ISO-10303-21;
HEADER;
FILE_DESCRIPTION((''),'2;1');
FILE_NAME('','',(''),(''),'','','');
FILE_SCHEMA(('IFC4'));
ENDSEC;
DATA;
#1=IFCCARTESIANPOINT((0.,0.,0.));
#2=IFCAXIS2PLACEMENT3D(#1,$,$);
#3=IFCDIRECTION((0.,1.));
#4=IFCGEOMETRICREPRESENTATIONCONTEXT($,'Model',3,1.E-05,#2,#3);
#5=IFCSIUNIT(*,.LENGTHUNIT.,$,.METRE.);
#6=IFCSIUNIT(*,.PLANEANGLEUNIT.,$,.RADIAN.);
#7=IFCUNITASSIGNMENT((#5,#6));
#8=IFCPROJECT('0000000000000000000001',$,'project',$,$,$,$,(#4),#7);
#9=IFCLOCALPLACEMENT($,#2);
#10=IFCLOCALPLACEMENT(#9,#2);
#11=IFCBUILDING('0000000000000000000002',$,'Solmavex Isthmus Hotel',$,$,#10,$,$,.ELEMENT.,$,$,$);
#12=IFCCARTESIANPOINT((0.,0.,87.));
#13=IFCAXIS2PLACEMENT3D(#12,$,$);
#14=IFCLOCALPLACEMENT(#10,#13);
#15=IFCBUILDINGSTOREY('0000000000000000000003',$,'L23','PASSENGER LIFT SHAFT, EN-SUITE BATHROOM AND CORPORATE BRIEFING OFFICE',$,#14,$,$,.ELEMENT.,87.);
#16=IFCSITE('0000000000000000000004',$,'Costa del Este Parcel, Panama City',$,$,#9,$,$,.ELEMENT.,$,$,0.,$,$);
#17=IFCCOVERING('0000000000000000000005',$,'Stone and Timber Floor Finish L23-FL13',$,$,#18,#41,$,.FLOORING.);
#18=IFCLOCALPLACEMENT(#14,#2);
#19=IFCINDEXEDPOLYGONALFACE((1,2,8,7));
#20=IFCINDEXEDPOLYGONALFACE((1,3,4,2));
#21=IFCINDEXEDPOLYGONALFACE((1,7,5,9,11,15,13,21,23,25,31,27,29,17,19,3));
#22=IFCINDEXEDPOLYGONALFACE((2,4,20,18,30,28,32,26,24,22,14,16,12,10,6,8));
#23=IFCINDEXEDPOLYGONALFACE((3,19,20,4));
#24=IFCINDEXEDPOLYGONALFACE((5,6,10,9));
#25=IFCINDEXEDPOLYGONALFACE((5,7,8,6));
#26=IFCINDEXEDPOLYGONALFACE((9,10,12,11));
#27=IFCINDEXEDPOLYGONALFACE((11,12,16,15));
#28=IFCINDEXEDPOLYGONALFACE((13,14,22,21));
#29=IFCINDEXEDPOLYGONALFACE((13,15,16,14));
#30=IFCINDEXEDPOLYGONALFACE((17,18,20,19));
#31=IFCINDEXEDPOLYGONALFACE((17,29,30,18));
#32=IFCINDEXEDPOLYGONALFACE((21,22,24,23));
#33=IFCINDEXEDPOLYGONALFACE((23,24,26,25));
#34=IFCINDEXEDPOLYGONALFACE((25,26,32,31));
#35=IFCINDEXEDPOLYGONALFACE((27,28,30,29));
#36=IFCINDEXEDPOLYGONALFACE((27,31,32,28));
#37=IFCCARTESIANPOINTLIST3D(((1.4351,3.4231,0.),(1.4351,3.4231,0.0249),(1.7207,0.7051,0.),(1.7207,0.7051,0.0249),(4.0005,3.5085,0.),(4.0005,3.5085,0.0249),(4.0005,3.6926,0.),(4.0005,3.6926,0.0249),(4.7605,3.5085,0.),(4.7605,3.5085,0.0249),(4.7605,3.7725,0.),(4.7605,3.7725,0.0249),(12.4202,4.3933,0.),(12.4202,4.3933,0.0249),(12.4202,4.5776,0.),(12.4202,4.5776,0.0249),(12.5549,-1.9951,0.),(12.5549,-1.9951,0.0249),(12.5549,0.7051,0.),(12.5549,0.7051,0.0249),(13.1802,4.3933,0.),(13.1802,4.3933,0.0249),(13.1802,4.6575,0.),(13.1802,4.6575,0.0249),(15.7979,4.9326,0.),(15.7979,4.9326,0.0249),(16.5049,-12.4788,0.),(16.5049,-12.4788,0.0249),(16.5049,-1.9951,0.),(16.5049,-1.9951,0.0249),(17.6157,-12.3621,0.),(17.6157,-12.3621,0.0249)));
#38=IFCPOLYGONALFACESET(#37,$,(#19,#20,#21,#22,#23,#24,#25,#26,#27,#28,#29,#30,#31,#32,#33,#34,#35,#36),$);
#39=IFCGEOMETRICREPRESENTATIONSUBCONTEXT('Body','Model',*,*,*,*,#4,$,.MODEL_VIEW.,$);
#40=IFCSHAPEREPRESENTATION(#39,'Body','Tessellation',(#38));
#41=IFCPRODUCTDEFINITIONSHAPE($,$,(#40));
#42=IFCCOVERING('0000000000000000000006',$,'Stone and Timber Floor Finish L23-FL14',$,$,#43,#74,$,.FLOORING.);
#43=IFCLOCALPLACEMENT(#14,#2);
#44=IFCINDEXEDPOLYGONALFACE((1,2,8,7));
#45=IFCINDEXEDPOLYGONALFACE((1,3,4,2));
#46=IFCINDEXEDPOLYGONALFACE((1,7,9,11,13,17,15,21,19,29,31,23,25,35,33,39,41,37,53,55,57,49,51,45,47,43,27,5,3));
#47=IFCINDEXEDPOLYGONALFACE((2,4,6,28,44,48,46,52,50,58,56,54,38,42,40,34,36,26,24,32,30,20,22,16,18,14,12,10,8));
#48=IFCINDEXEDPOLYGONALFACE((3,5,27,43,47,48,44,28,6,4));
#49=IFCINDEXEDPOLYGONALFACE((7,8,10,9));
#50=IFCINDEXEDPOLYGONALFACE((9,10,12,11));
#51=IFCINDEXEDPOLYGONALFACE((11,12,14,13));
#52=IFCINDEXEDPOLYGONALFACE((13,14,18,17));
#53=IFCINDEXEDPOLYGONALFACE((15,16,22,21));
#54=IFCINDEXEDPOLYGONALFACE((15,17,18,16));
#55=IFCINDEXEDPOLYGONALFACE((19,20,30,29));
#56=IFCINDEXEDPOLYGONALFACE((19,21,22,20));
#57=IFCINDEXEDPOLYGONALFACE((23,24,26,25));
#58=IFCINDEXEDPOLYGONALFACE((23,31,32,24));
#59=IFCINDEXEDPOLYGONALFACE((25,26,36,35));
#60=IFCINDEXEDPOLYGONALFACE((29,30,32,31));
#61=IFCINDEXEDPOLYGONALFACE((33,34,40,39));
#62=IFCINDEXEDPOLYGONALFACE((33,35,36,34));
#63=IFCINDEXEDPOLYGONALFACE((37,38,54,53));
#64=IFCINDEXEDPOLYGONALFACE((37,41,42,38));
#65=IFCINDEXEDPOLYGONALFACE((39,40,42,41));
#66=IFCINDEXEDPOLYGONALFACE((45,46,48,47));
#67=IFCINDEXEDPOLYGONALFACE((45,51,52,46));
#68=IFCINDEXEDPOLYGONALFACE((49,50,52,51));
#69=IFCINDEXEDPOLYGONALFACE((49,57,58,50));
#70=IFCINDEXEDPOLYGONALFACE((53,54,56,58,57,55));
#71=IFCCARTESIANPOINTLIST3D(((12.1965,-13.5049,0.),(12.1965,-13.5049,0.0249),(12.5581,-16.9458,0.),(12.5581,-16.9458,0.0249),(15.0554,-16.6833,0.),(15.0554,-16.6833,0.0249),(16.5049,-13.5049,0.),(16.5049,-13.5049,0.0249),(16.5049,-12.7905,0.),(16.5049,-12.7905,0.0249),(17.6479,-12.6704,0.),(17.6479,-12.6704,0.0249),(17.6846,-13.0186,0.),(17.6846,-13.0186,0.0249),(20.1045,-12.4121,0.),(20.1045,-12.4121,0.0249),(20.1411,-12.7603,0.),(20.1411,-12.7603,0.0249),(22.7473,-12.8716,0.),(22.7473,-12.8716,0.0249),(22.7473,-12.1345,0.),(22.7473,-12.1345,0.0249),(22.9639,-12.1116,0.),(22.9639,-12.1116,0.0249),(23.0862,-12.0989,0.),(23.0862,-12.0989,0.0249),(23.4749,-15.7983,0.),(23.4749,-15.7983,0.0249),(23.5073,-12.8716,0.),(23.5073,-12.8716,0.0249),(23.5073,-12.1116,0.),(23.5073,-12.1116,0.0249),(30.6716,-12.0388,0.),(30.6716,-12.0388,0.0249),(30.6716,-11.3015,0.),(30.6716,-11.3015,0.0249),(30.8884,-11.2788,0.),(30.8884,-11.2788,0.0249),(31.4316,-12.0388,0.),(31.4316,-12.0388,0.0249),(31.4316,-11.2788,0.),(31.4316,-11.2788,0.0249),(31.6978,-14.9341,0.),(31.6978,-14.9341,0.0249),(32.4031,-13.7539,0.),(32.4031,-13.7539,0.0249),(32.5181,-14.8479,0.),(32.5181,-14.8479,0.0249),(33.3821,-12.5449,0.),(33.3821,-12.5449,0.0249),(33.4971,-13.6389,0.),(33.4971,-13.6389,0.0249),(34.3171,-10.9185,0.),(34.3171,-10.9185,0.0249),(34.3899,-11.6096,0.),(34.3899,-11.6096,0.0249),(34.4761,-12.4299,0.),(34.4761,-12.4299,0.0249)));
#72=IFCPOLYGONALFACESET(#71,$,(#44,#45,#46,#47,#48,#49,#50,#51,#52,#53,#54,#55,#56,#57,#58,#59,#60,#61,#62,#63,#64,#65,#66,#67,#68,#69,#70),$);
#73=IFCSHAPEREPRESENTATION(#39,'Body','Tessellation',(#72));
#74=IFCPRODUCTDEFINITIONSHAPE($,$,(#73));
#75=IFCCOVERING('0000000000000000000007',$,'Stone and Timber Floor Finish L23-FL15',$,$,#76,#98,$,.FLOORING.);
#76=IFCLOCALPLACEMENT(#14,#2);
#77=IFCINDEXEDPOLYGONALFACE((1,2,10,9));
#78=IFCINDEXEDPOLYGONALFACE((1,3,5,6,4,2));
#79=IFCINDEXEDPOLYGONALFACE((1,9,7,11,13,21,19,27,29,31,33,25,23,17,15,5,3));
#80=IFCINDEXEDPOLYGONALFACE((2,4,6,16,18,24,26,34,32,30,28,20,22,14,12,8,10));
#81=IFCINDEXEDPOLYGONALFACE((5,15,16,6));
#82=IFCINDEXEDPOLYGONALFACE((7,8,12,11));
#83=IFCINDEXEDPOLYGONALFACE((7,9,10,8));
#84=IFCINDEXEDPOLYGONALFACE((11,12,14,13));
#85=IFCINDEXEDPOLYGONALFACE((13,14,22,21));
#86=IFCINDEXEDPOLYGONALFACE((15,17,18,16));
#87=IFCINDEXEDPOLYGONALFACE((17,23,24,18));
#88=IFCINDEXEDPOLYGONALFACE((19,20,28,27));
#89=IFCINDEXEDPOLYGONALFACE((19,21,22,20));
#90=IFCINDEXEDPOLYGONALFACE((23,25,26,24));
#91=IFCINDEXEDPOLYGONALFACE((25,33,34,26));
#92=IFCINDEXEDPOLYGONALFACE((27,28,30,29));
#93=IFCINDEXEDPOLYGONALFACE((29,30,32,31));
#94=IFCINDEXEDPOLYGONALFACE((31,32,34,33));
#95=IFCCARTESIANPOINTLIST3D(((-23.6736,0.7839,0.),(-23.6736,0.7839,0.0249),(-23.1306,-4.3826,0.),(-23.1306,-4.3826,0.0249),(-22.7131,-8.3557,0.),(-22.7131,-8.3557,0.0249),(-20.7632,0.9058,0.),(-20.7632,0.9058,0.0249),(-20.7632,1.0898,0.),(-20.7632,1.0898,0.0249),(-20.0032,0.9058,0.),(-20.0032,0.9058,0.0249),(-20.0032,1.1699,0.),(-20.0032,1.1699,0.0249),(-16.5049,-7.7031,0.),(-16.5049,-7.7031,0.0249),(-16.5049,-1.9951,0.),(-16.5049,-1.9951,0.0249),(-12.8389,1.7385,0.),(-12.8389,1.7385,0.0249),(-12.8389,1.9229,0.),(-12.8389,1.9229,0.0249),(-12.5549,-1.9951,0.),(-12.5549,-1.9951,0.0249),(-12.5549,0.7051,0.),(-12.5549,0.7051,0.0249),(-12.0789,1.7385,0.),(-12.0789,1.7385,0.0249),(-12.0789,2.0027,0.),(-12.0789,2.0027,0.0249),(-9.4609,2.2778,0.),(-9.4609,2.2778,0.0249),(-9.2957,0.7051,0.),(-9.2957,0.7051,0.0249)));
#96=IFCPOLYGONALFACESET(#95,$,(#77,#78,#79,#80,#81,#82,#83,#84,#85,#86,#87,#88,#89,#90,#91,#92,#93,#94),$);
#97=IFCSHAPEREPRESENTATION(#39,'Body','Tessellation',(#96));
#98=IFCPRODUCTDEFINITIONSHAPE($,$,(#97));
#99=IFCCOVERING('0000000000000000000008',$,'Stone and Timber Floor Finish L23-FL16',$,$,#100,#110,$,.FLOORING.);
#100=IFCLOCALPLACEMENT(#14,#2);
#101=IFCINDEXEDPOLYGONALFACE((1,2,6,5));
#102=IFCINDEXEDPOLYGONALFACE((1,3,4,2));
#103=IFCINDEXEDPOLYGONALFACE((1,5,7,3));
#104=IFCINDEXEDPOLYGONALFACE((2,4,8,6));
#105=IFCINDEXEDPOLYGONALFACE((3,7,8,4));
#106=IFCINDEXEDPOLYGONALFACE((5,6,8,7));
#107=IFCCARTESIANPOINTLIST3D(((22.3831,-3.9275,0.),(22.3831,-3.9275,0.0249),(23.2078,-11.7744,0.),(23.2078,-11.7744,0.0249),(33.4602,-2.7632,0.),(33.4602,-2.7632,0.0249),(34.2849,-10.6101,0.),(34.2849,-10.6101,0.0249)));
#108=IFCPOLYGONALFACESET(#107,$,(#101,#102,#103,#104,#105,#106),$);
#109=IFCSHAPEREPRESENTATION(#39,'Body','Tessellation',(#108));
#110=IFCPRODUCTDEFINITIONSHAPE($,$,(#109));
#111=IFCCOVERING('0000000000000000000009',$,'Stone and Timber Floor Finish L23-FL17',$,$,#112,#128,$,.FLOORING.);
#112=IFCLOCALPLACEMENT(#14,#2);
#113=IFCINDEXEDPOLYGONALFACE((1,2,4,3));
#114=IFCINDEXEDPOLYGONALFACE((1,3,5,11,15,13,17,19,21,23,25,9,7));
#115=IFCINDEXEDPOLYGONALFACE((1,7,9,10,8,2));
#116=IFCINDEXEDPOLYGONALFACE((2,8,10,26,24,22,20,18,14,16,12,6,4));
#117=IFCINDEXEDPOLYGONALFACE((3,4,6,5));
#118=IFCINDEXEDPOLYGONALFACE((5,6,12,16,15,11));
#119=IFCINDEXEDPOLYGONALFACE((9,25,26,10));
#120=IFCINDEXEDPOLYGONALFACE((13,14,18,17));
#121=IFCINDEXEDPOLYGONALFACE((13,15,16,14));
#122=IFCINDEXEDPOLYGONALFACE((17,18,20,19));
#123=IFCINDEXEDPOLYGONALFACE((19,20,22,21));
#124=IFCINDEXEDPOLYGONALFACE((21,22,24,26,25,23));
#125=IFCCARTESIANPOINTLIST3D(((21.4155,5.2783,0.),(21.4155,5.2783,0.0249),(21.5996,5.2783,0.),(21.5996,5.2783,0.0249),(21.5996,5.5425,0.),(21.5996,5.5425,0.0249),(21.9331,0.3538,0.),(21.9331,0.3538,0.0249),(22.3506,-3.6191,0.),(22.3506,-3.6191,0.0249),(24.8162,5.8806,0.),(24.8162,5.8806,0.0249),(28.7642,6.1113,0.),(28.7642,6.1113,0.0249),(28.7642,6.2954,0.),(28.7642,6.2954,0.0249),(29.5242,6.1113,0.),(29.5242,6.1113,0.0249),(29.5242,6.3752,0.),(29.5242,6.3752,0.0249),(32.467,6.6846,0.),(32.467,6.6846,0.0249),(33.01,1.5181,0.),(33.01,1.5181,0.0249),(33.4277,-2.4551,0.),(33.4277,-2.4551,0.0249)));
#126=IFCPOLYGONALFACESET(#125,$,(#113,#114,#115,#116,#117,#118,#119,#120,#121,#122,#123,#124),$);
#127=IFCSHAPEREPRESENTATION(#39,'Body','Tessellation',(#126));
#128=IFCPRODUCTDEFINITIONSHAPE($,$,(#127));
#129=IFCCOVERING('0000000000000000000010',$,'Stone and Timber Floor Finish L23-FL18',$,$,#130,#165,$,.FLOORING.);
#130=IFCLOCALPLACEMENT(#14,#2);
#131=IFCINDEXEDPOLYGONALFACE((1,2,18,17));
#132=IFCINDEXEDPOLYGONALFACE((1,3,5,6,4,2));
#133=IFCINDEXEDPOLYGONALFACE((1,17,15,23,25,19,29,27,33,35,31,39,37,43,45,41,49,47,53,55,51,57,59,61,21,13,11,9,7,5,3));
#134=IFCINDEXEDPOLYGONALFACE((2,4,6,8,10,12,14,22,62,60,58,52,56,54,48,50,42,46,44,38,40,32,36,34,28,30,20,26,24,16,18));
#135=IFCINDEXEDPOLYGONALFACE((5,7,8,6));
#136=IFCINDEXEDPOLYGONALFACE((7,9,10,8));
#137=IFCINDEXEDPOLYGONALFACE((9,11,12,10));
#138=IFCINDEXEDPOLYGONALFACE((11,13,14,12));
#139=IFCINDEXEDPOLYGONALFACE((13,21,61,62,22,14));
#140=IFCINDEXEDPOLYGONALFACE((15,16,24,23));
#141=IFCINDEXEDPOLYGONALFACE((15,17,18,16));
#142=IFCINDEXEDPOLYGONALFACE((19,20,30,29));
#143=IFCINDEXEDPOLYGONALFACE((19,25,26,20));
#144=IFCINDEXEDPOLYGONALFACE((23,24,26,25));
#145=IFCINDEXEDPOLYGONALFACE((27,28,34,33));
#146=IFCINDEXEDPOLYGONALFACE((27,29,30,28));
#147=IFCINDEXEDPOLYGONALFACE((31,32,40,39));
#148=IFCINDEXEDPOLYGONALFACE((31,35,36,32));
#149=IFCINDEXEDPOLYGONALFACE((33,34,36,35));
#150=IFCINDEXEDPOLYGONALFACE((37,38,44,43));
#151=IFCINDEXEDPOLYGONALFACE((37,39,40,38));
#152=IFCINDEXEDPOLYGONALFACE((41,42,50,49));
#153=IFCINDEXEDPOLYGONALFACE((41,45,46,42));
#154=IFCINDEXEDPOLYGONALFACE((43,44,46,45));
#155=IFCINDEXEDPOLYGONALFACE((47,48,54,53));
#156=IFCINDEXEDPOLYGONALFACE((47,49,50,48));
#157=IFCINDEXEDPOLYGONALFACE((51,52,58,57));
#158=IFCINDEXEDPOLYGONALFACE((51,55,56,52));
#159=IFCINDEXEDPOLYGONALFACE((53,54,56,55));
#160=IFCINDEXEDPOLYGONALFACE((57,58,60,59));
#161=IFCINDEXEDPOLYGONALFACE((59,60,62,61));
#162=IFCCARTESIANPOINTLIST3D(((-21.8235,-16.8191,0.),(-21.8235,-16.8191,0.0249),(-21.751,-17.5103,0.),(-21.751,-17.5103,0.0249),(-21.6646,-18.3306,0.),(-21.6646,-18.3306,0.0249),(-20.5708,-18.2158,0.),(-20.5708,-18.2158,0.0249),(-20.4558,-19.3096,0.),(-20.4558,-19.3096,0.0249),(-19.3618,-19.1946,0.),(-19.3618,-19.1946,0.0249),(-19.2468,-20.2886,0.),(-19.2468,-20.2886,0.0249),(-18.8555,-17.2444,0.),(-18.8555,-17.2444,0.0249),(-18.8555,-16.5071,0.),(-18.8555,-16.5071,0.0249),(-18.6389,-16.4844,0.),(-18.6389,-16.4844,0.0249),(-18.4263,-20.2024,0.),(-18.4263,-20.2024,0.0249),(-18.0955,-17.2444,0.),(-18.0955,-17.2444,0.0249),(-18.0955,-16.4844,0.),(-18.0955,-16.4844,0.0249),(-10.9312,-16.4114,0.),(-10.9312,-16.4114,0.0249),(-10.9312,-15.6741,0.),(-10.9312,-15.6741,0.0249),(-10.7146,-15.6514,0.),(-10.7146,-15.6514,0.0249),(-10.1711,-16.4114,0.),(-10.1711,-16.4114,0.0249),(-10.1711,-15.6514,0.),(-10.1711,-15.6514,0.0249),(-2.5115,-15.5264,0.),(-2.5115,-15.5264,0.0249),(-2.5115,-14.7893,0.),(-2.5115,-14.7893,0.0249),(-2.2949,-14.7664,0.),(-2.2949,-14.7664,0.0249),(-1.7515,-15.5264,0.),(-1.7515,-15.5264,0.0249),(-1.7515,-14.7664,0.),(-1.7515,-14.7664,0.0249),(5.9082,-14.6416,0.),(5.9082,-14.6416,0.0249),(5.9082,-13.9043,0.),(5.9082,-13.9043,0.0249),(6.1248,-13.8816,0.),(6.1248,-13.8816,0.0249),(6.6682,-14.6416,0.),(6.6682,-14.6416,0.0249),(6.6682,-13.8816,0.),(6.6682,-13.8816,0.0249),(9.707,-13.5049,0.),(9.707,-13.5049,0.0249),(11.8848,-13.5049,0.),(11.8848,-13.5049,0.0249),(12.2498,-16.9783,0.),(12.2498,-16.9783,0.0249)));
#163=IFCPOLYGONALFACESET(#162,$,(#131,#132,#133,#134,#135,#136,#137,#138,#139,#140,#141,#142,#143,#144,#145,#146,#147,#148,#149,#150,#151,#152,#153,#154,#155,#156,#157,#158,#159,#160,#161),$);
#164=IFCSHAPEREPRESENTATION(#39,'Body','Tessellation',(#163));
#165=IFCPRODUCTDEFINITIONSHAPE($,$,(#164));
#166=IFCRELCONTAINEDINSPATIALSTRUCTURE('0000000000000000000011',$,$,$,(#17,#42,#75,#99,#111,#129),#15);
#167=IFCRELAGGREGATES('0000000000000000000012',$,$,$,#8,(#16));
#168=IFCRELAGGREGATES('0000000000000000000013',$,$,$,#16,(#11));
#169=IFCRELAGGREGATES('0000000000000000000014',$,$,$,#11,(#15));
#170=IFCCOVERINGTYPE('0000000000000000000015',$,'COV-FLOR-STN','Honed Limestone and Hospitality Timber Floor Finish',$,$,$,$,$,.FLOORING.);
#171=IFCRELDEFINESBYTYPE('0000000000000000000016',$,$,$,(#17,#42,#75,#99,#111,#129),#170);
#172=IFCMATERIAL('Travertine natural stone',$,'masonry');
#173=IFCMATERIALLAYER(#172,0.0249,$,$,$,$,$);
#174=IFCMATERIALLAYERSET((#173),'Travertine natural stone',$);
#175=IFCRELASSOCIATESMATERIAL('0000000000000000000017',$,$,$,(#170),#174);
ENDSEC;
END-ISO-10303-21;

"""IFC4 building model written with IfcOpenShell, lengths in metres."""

from ifc_helpers import new_model, si_unit, direction, frame, origin, place, context, subcontext, project, spatial, polyline, outline, extrude, material, layer, layer_set, type_object, element, save


model = new_model("IFC4")

# Units and contexts
model_context = context("Model", 3, precision=1e-05, world=origin(), true_north=direction((0.0, 1.0)))
body_context = subcontext(model_context, "Body", "Model", "MODEL_VIEW")
ifc_project = project(units=[si_unit("LENGTHUNIT", "METRE"), si_unit("PLANEANGLEUNIT", "RADIAN")], contexts=[model_context])

# Site, building, storey
site_placement = place(None, origin())
site = spatial("IfcSite", under=ifc_project, at=site_placement, Name="Costa del Este Parcel, Panama City", CompositionType="ELEMENT", RefElevation=0.0)
building_placement = place(site_placement, origin())
building = spatial("IfcBuilding", under=site, at=building_placement, Name="Solmavex Isthmus Hotel", CompositionType="ELEMENT")
storey_placement = place(building_placement, frame((0.0, 0.0, 87.0)))
storey = spatial("IfcBuildingStorey", under=building, at=storey_placement, Name="L23", Description="PASSENGER LIFT SHAFT, EN-SUITE BATHROOM AND CORPORATE BRIEFING OFFICE", CompositionType="ELEMENT", Elevation=87.0)

# Coverings
ifc_material_1 = material(Name="Travertine natural stone", Category="masonry")
ifc_layer_1 = layer(ifc_material_1, 0.0249)
ifc_layer_set_1 = layer_set([ifc_layer_1], Name="Travertine natural stone")
covering_type_1 = type_object("IfcCoveringType", Name="COV-FLOR-STN", Description="Honed Limestone and Hospitality Timber Floor Finish", PredefinedType="FLOORING", material=ifc_layer_set_1)
covering_1_placement = place(storey_placement, origin())
element("IfcCovering", 1, at=covering_1_placement, inside=storey, type_object=covering_type_1, Name="Stone and Timber Floor Finish L23-FL13", PredefinedType="FLOORING", context=body_context, shape_type="SweptSolid", body=[
    extrude(outline(polyline([(4.7605, 3.7725), (4.7605, 3.5085), (4.0005, 3.5085), (4.0005, 3.6926), (1.4351, 3.4231), (1.7207, 0.7051), (12.5549, 0.7051), (12.5549, -1.9951), (16.5049, -1.9951), (16.5049, -12.4788), (17.6157, -12.3621), (15.7979, 4.9326), (13.1802, 4.6575), (13.1802, 4.3933), (12.4202, 4.3933), (12.4202, 4.5776), (4.7605, 3.7725)])), origin(), (0.0, 0.0, 1.0), 0.0249),
])
covering_2_placement = place(storey_placement, origin())
element("IfcCovering", 2, at=covering_2_placement, inside=storey, type_object=covering_type_1, Name="Stone and Timber Floor Finish L23-FL14", PredefinedType="FLOORING", context=body_context, shape_type="SweptSolid", body=[
    extrude(outline(polyline([(16.5049, -12.7905), (16.5049, -13.5049), (12.1965, -13.5049), (12.5581, -16.9458), (15.0554, -16.6833), (23.4749, -15.7983), (31.6978, -14.9341), (32.5181, -14.8479), (32.4031, -13.7539), (33.4971, -13.6389), (33.3821, -12.5449), (34.4761, -12.4299), (34.3899, -11.6096), (34.3171, -10.9185), (30.8884, -11.2788), (31.4316, -11.2788), (31.4316, -12.0388), (30.6716, -12.0388), (30.6716, -11.3015), (23.0862, -12.0989), (22.9639, -12.1116), (23.5073, -12.1116), (23.5073, -12.8716), (22.7473, -12.8716), (22.7473, -12.1345), (20.1045, -12.4121), (20.1411, -12.7603), (17.6846, -13.0186), (17.6479, -12.6704), (16.5049, -12.7905)])), origin(), (0.0, 0.0, 1.0), 0.0249),
])
covering_3_placement = place(storey_placement, origin())
element("IfcCovering", 3, at=covering_3_placement, inside=storey, type_object=covering_type_1, Name="Stone and Timber Floor Finish L23-FL15", PredefinedType="FLOORING", context=body_context, shape_type="SweptSolid", body=[
    extrude(outline(polyline([(-20.0032, 1.1699), (-20.0032, 0.9058), (-20.7632, 0.9058), (-20.7632, 1.0898), (-23.6736, 0.7839), (-23.1306, -4.3826), (-22.7131, -8.3557), (-16.5049, -7.7031), (-16.5049, -1.9951), (-12.5549, -1.9951), (-12.5549, 0.7051), (-9.2957, 0.7051), (-9.4609, 2.2778), (-12.0789, 2.0027), (-12.0789, 1.7385), (-12.8389, 1.7385), (-12.8389, 1.9229), (-20.0032, 1.1699)])), origin(), (0.0, 0.0, 1.0), 0.0249),
])
covering_4_placement = place(storey_placement, origin())
element("IfcCovering", 4, at=covering_4_placement, inside=storey, type_object=covering_type_1, Name="Stone and Timber Floor Finish L23-FL16", PredefinedType="FLOORING", context=body_context, shape_type="SweptSolid", body=[
    extrude(outline(polyline([(33.4602, -2.7632), (22.3831, -3.9275), (23.2078, -11.7744), (34.2849, -10.6101), (33.4602, -2.7632)])), origin(), (0.0, 0.0, 1.0), 0.0249),
])
covering_5_placement = place(storey_placement, origin())
element("IfcCovering", 5, at=covering_5_placement, inside=storey, type_object=covering_type_1, Name="Stone and Timber Floor Finish L23-FL17", PredefinedType="FLOORING", context=body_context, shape_type="SweptSolid", body=[
    extrude(outline(polyline([(21.5996, 5.5425), (21.5996, 5.2783), (21.4155, 5.2783), (21.9331, 0.3538), (22.3506, -3.6191), (33.4277, -2.4551), (33.01, 1.5181), (32.467, 6.6846), (29.5242, 6.3752), (29.5242, 6.1113), (28.7642, 6.1113), (28.7642, 6.2954), (24.8162, 5.8806), (21.5996, 5.5425)])), origin(), (0.0, 0.0, 1.0), 0.0249),
])
covering_6_placement = place(storey_placement, origin())
element("IfcCovering", 6, at=covering_6_placement, inside=storey, type_object=covering_type_1, Name="Stone and Timber Floor Finish L23-FL18", PredefinedType="FLOORING", context=body_context, shape_type="SweptSolid", body=[
    extrude(outline(polyline([(-20.5708, -18.2158), (-20.4558, -19.3096), (-19.3618, -19.1946), (-19.2468, -20.2886), (-18.4263, -20.2024), (12.2498, -16.9783), (11.8848, -13.5049), (9.707, -13.5049), (6.1248, -13.8816), (6.6682, -13.8816), (6.6682, -14.6416), (5.9082, -14.6416), (5.9082, -13.9043), (-2.2949, -14.7664), (-1.7515, -14.7664), (-1.7515, -15.5264), (-2.5115, -15.5264), (-2.5115, -14.7893), (-10.7146, -15.6514), (-10.1711, -15.6514), (-10.1711, -16.4114), (-10.9312, -16.4114), (-10.9312, -15.6741), (-18.6389, -16.4844), (-18.0955, -16.4844), (-18.0955, -17.2444), (-18.8555, -17.2444), (-18.8555, -16.5071), (-21.8235, -16.8191), (-21.751, -17.5103), (-21.6646, -18.3306), (-20.5708, -18.2158)])), origin(), (0.0, 0.0, 1.0), 0.0249),
])

save(model, "model.ifc")
